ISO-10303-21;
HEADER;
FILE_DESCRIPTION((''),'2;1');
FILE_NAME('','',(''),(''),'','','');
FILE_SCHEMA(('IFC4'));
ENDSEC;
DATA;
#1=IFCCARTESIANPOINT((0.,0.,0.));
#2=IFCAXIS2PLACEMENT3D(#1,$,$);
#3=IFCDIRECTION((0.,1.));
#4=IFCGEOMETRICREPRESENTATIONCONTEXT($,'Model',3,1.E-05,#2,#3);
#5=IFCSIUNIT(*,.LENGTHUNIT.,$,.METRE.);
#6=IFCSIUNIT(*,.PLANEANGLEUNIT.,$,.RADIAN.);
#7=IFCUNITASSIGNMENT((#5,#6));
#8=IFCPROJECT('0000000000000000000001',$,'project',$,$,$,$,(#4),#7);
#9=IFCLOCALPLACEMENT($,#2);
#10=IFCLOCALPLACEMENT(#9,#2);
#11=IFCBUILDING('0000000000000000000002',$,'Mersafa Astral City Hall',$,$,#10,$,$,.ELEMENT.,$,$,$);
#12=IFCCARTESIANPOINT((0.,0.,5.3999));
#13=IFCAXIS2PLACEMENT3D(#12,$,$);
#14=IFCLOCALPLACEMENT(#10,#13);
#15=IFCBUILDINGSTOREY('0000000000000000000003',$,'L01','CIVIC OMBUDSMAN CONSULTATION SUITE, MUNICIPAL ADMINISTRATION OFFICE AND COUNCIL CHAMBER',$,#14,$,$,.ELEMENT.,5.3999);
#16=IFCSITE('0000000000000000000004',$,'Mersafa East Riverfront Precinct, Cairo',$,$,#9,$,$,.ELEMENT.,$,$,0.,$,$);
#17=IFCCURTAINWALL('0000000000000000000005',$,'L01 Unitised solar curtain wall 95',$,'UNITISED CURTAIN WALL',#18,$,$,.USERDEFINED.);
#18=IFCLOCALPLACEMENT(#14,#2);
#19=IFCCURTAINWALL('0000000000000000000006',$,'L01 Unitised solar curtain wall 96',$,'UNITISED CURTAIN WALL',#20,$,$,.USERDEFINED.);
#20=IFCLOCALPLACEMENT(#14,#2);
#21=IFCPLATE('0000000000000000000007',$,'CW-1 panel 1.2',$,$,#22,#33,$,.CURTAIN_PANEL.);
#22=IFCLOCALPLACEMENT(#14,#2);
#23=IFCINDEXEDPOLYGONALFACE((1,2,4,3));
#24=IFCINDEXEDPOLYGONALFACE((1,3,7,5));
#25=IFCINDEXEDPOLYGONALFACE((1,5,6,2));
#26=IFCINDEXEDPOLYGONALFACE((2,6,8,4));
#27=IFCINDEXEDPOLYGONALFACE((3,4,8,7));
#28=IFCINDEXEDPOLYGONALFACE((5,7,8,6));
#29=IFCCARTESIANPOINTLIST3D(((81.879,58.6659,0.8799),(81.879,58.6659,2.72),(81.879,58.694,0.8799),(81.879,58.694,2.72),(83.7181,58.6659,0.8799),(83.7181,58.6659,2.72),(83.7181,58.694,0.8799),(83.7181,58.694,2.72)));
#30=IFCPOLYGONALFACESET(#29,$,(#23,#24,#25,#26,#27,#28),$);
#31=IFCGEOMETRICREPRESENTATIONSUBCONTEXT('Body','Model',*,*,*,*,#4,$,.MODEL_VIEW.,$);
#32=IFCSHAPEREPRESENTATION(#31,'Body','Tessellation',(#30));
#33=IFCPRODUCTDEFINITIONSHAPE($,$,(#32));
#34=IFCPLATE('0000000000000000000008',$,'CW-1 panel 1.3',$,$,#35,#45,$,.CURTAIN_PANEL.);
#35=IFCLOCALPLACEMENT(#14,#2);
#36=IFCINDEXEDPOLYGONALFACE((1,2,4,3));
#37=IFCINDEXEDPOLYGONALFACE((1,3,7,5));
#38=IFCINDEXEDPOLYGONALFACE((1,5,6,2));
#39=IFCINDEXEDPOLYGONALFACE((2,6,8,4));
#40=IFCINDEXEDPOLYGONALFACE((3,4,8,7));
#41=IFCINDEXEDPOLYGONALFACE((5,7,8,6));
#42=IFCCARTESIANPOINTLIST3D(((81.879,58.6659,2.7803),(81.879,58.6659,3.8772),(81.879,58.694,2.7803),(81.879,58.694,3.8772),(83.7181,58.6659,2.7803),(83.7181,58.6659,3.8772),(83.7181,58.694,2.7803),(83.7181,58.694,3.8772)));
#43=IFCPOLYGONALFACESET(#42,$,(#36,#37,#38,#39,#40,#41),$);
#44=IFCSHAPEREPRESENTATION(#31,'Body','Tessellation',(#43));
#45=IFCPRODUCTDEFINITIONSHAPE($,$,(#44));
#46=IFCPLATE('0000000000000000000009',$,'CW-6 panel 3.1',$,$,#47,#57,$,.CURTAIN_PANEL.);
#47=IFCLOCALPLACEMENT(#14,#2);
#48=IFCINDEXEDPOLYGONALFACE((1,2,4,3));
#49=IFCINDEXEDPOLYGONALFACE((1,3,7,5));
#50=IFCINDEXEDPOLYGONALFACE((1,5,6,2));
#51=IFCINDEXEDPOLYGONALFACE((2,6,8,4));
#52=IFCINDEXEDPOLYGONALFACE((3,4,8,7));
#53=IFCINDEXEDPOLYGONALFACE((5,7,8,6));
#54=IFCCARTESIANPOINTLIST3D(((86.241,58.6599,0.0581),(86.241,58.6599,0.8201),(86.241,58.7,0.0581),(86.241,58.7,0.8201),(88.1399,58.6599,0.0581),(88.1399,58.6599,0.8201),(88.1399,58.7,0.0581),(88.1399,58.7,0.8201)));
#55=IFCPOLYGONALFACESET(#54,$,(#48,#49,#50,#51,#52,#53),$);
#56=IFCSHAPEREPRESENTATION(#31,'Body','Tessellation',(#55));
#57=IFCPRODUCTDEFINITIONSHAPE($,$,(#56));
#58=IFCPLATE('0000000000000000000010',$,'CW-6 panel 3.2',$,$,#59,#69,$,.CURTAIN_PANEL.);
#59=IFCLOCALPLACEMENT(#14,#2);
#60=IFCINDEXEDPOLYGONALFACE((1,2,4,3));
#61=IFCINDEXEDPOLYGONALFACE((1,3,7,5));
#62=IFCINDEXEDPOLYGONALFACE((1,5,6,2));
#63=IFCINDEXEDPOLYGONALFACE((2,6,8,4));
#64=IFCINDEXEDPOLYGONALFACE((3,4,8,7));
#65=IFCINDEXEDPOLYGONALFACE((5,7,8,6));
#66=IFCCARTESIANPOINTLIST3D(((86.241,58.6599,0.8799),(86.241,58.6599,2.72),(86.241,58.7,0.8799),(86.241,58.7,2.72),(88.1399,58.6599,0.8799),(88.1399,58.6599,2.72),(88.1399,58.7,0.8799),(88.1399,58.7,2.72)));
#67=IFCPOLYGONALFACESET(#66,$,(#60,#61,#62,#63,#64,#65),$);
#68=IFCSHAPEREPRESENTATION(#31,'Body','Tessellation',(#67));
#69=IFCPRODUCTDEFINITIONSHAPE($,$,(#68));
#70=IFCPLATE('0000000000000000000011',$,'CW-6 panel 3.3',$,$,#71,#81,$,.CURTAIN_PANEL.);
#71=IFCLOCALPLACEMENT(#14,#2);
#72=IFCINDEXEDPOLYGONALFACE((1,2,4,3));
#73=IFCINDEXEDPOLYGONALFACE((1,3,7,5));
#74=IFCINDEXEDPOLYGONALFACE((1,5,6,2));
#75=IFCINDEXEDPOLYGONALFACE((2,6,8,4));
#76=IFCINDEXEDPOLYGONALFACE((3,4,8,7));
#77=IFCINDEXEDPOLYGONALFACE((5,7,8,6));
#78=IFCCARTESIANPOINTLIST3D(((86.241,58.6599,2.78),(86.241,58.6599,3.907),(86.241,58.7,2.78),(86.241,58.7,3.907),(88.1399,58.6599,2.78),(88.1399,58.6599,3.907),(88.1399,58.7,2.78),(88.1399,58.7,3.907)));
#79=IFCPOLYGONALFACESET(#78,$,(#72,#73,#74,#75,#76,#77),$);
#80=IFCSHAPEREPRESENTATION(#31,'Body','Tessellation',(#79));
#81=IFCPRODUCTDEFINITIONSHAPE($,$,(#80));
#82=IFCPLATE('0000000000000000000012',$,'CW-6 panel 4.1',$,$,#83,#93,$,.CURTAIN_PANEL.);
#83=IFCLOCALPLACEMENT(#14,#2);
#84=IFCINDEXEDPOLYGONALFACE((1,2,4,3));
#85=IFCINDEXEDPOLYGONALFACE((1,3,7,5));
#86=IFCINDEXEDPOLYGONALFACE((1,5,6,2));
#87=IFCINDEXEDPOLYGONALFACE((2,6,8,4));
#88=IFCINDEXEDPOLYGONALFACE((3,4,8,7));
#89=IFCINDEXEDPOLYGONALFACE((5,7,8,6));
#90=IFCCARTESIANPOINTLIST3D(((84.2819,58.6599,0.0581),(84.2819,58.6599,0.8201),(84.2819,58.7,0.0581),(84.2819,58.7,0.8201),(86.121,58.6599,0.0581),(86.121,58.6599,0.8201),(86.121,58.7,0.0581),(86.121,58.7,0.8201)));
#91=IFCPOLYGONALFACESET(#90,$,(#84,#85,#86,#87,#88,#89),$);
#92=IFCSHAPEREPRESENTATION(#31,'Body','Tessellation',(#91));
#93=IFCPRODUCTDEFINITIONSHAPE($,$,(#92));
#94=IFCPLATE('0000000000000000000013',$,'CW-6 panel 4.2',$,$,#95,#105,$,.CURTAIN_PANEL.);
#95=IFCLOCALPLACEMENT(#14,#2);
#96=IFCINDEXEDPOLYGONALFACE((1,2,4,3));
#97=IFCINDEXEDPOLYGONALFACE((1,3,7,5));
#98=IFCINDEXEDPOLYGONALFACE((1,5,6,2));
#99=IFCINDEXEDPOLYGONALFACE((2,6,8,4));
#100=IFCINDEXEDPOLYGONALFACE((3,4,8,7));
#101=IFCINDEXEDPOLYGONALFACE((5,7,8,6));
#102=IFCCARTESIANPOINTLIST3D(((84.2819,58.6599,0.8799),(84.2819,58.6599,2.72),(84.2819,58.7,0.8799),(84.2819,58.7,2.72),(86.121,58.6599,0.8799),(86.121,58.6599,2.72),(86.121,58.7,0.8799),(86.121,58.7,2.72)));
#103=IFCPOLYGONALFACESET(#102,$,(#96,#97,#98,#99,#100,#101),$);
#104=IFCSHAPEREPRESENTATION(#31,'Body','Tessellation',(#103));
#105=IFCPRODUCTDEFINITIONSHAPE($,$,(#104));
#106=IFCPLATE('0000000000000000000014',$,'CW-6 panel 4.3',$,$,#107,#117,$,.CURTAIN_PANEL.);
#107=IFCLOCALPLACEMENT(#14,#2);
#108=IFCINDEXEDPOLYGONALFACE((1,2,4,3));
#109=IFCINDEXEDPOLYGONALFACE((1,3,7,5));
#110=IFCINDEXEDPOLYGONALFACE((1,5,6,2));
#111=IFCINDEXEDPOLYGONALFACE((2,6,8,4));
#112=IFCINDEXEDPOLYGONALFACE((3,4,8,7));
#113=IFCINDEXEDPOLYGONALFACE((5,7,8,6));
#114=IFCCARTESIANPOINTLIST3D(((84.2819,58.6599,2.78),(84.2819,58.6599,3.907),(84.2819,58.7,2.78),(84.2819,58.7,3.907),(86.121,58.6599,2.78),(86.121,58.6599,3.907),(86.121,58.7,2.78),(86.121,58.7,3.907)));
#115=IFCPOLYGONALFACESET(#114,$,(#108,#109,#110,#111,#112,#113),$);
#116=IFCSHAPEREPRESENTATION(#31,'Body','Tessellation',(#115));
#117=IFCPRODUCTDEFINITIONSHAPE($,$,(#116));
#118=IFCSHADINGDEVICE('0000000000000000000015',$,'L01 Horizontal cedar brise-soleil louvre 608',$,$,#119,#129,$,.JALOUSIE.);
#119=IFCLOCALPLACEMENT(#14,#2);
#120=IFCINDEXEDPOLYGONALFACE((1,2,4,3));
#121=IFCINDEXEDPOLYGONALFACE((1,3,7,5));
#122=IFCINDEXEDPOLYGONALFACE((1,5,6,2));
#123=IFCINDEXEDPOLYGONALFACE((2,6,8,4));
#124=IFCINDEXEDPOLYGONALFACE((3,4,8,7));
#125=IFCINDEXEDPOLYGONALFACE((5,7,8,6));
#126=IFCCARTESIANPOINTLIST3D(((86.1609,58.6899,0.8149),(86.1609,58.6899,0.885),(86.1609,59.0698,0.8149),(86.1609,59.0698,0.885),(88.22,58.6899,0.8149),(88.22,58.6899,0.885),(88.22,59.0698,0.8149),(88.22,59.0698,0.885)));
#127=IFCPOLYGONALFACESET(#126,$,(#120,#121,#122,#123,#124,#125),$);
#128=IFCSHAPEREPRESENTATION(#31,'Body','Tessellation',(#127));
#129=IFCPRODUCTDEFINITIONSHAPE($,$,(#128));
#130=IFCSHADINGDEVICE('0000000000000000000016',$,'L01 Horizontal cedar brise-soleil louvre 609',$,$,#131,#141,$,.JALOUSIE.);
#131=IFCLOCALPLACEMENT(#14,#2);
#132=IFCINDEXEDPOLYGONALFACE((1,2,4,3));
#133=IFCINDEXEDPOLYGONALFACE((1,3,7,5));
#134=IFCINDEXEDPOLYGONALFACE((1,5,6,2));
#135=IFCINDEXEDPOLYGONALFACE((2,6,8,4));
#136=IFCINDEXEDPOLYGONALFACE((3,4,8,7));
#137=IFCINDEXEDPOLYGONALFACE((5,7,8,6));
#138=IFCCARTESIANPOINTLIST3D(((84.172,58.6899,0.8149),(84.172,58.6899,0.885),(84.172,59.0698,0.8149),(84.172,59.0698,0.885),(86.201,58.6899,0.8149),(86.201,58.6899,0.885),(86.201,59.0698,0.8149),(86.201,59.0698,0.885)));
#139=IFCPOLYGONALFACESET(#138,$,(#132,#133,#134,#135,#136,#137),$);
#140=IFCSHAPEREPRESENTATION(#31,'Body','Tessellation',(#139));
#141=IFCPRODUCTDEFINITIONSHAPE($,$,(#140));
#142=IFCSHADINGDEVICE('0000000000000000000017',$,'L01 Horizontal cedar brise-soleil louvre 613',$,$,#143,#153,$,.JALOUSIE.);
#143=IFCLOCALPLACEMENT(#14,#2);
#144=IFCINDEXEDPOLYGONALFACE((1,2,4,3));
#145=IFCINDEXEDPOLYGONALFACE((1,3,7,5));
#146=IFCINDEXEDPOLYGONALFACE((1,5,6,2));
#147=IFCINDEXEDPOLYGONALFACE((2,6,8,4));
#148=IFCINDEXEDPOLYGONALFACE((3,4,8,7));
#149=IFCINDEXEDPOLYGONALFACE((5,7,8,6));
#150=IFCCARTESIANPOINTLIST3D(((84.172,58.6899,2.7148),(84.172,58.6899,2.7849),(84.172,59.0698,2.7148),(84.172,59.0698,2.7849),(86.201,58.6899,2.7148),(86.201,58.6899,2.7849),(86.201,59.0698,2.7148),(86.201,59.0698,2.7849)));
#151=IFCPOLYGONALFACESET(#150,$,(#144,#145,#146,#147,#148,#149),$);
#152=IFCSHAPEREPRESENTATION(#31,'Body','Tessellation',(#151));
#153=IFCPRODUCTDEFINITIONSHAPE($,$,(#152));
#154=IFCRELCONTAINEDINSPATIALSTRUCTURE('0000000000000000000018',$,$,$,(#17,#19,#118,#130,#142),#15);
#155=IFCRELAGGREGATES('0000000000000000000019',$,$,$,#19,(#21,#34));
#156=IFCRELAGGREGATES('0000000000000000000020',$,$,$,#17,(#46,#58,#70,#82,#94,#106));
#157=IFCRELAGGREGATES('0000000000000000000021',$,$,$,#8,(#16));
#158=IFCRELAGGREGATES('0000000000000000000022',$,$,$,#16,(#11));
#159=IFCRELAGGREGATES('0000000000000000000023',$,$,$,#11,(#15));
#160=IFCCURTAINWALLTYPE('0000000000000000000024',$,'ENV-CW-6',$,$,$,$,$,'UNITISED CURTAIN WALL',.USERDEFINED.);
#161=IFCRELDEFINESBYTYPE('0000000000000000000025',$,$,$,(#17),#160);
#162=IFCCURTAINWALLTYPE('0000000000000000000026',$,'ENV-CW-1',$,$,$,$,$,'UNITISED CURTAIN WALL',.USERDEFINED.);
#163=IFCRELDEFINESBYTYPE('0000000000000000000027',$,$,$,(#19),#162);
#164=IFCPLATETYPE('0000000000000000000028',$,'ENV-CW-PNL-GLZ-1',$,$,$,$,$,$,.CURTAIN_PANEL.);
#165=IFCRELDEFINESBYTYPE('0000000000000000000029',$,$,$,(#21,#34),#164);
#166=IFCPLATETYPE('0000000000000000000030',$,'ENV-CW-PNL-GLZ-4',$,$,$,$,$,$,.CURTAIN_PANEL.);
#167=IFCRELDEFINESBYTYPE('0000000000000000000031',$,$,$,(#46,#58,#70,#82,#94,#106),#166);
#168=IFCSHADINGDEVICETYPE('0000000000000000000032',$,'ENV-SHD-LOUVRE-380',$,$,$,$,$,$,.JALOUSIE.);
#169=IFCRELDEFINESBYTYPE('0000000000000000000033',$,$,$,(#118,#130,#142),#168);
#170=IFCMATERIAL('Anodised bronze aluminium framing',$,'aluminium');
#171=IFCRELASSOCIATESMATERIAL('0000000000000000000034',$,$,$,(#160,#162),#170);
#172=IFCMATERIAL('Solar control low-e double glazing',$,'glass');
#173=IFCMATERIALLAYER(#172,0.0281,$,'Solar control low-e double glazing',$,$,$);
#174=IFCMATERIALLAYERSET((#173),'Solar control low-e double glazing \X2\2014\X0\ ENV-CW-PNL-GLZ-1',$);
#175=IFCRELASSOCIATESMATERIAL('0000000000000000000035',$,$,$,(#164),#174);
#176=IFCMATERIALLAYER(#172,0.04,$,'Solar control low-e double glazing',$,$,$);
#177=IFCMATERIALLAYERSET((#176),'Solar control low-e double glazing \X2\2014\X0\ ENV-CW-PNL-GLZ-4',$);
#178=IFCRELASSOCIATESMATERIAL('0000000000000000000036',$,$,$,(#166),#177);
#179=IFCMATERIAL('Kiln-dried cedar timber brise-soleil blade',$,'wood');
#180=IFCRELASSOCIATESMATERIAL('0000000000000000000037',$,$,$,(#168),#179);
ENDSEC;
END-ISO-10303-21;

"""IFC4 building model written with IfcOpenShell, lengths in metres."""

from ifc_helpers import new_model, si_unit, direction, frame, origin, origin_2d, place, context, subcontext, project, spatial, rectangle, extrude, material, layer, layer_set, type_object, element, aggregate, save


model = new_model("IFC4")

# Units and contexts
model_context = context("Model", 3, precision=1e-05, world=origin(), true_north=direction((0.0, 1.0)))
body_context = subcontext(model_context, "Body", "Model", "MODEL_VIEW")
ifc_project = project(units=[si_unit("LENGTHUNIT", "METRE"), si_unit("PLANEANGLEUNIT", "RADIAN")], contexts=[model_context])

# Site, building, storey
site_placement = place(None, origin())
site = spatial("IfcSite", under=ifc_project, at=site_placement, Name="Mersafa East Riverfront Precinct, Cairo", CompositionType="ELEMENT", RefElevation=0.0)
building_placement = place(site_placement, origin())
building = spatial("IfcBuilding", under=site, at=building_placement, Name="Mersafa Astral City Hall", CompositionType="ELEMENT")
storey_placement = place(building_placement, frame((0.0, 0.0, 5.3999)))
storey = spatial("IfcBuildingStorey", under=building, at=storey_placement, Name="L01", Description="CIVIC OMBUDSMAN CONSULTATION SUITE, MUNICIPAL ADMINISTRATION OFFICE AND COUNCIL CHAMBER", CompositionType="ELEMENT", Elevation=5.3999)

# Curtain walls
ifc_material_1 = material(Name="Anodised bronze aluminium framing", Category="aluminium")
curtain_wall_type_1 = type_object("IfcCurtainWallType", Name="ENV-CW-6", ElementType="UNITISED CURTAIN WALL", PredefinedType="USERDEFINED", material=ifc_material_1)
curtain_wall_1_placement = place(storey_placement, origin())
curtain_wall_1 = element("IfcCurtainWall", 1, at=curtain_wall_1_placement, inside=storey, type_object=curtain_wall_type_1, Name="L01 Unitised solar curtain wall 95", ObjectType="UNITISED CURTAIN WALL", PredefinedType="USERDEFINED")
curtain_wall_type_2 = type_object("IfcCurtainWallType", Name="ENV-CW-1", ElementType="UNITISED CURTAIN WALL", PredefinedType="USERDEFINED", material=ifc_material_1)
curtain_wall_2_placement = place(storey_placement, origin())
curtain_wall_2 = element("IfcCurtainWall", 2, at=curtain_wall_2_placement, inside=storey, type_object=curtain_wall_type_2, Name="L01 Unitised solar curtain wall 96", ObjectType="UNITISED CURTAIN WALL", PredefinedType="USERDEFINED")

# Plates
ifc_material_2 = material(Name="Solar control low-e double glazing", Category="glass")
ifc_layer_1 = layer(ifc_material_2, 0.0281, Name="Solar control low-e double glazing")
ifc_layer_set_1 = layer_set([ifc_layer_1], Name="Solar control low-e double glazing — ENV-CW-PNL-GLZ-1")
plate_type_1 = type_object("IfcPlateType", Name="ENV-CW-PNL-GLZ-1", PredefinedType="CURTAIN_PANEL", material=ifc_layer_set_1)
plate_1_placement = place(storey_placement, frame((82.7986, 58.6799, 0.8799), z_axis=(0.0, 0.0, 1.0), x_axis=(-1.0, 0.0, 0.0)))
plate_1 = element("IfcPlate", 3, at=plate_1_placement, type_object=plate_type_1, Name="CW-1 panel 1.2", PredefinedType="CURTAIN_PANEL", context=body_context, shape_type="SweptSolid", body=[
    extrude(rectangle(XDim=1.8391, YDim=0.0281, at=origin_2d()), origin(), (0.0, 0.0, 1.0), 1.8401),
])
plate_2_placement = place(storey_placement, frame((82.7986, 58.6799, 2.7803), z_axis=(0.0, 0.0, 1.0), x_axis=(-1.0, 0.0, 0.0)))
plate_2 = element("IfcPlate", 4, at=plate_2_placement, type_object=plate_type_1, Name="CW-1 panel 1.3", PredefinedType="CURTAIN_PANEL", context=body_context, shape_type="SweptSolid", body=[
    extrude(rectangle(XDim=1.8391, YDim=0.0281, at=origin_2d()), origin(), (0.0, 0.0, 1.0), 1.0969),
])
aggregate(curtain_wall_2, [plate_1, plate_2])
ifc_layer_2 = layer(ifc_material_2, 0.04, Name="Solar control low-e double glazing")
ifc_layer_set_2 = layer_set([ifc_layer_2], Name="Solar control low-e double glazing — ENV-CW-PNL-GLZ-4")
plate_type_2 = type_object("IfcPlateType", Name="ENV-CW-PNL-GLZ-4", PredefinedType="CURTAIN_PANEL", material=ifc_layer_set_2)
plate_3_placement = place(storey_placement, frame((87.1904, 58.6799, 0.0581), z_axis=(0.0, 0.0, 1.0), x_axis=(-1.0, 0.0, 0.0)))
plate_3 = element("IfcPlate", 5, at=plate_3_placement, type_object=plate_type_2, Name="CW-6 panel 3.1", PredefinedType="CURTAIN_PANEL", context=body_context, shape_type="SweptSolid", body=[
    extrude(rectangle(XDim=1.8989, YDim=0.04, at=origin_2d()), origin(), (0.0, 0.0, 1.0), 0.762),
])
plate_4_placement = place(storey_placement, frame((87.1904, 58.6799, 0.8799), z_axis=(0.0, 0.0, 1.0), x_axis=(-1.0, 0.0, 0.0)))
plate_4 = element("IfcPlate", 6, at=plate_4_placement, type_object=plate_type_2, Name="CW-6 panel 3.2", PredefinedType="CURTAIN_PANEL", context=body_context, shape_type="SweptSolid", body=[
    extrude(rectangle(XDim=1.8989, YDim=0.04, at=origin_2d()), origin(), (0.0, 0.0, 1.0), 1.8401),
])
plate_5_placement = place(storey_placement, frame((87.1904, 58.6799, 2.78), z_axis=(0.0, 0.0, 1.0), x_axis=(-1.0, 0.0, 0.0)))
plate_5 = element("IfcPlate", 7, at=plate_5_placement, type_object=plate_type_2, Name="CW-6 panel 3.3", PredefinedType="CURTAIN_PANEL", context=body_context, shape_type="SweptSolid", body=[
    extrude(rectangle(XDim=1.8989, YDim=0.04, at=origin_2d()), origin(), (0.0, 0.0, 1.0), 1.127),
])
plate_6_placement = place(storey_placement, frame((85.2014, 58.6799, 0.0581), z_axis=(0.0, 0.0, 1.0), x_axis=(-1.0, 0.0, 0.0)))
plate_6 = element("IfcPlate", 8, at=plate_6_placement, type_object=plate_type_2, Name="CW-6 panel 4.1", PredefinedType="CURTAIN_PANEL", context=body_context, shape_type="SweptSolid", body=[
    extrude(rectangle(XDim=1.8391, YDim=0.04, at=origin_2d()), origin(), (0.0, 0.0, 1.0), 0.762),
])
plate_7_placement = place(storey_placement, frame((85.2014, 58.6799, 0.8799), z_axis=(0.0, 0.0, 1.0), x_axis=(-1.0, 0.0, 0.0)))
plate_7 = element("IfcPlate", 9, at=plate_7_placement, type_object=plate_type_2, Name="CW-6 panel 4.2", PredefinedType="CURTAIN_PANEL", context=body_context, shape_type="SweptSolid", body=[
    extrude(rectangle(XDim=1.8391, YDim=0.04, at=origin_2d()), origin(), (0.0, 0.0, 1.0), 1.8401),
])
plate_8_placement = place(storey_placement, frame((85.2014, 58.6799, 2.78), z_axis=(0.0, 0.0, 1.0), x_axis=(-1.0, 0.0, 0.0)))
plate_8 = element("IfcPlate", 10, at=plate_8_placement, type_object=plate_type_2, Name="CW-6 panel 4.3", PredefinedType="CURTAIN_PANEL", context=body_context, shape_type="SweptSolid", body=[
    extrude(rectangle(XDim=1.8391, YDim=0.04, at=origin_2d()), origin(), (0.0, 0.0, 1.0), 1.127),
])
aggregate(curtain_wall_1, [plate_3, plate_4, plate_5, plate_6, plate_7, plate_8])

# Shading devices
ifc_material_3 = material(Name="Kiln-dried cedar timber brise-soleil blade", Category="wood")
shading_device_type = type_object("IfcShadingDeviceType", Name="ENV-SHD-LOUVRE-380", PredefinedType="JALOUSIE", material=ifc_material_3)
shading_device_placement = place(storey_placement, frame((87.1904, 58.8799, 0.8149), z_axis=(0.0, 0.0, 1.0), x_axis=(-1.0, 0.0, 0.0)))
element("IfcShadingDevice", 11, at=shading_device_placement, inside=storey, type_object=shading_device_type, Name="L01 Horizontal cedar brise-soleil louvre 608", PredefinedType="JALOUSIE", context=body_context, shape_type="SweptSolid", body=[
    extrude(rectangle(XDim=2.0591, YDim=0.3799, at=origin_2d()), origin(), (0.0, 0.0, 1.0), 0.0701),
])
for number, where, z_axis, x_axis, name in (
    (12, (85.1865, 58.8799, 0.8149), (0.0, 0.0, 1.0), (-1.0, 0.0, 0.0), "L01 Horizontal cedar brise-soleil louvre 609"),
    (13, (85.1865, 58.8799, 2.7148), (0.0, 0.0, 1.0), (-1.0, 0.0, 0.0), "L01 Horizontal cedar brise-soleil louvre 613"),
):
    element("IfcShadingDevice", number, at=place(storey_placement, frame(where, z_axis=z_axis, x_axis=x_axis)), inside=storey, type_object=shading_device_type, Name=name, PredefinedType="JALOUSIE", context=body_context, shape_type="SweptSolid", body=[
        extrude(rectangle(XDim=2.0291, YDim=0.3799, at=origin_2d()), origin(), (0.0, 0.0, 1.0), 0.0701),
    ])

save(model, "model.ifc")
